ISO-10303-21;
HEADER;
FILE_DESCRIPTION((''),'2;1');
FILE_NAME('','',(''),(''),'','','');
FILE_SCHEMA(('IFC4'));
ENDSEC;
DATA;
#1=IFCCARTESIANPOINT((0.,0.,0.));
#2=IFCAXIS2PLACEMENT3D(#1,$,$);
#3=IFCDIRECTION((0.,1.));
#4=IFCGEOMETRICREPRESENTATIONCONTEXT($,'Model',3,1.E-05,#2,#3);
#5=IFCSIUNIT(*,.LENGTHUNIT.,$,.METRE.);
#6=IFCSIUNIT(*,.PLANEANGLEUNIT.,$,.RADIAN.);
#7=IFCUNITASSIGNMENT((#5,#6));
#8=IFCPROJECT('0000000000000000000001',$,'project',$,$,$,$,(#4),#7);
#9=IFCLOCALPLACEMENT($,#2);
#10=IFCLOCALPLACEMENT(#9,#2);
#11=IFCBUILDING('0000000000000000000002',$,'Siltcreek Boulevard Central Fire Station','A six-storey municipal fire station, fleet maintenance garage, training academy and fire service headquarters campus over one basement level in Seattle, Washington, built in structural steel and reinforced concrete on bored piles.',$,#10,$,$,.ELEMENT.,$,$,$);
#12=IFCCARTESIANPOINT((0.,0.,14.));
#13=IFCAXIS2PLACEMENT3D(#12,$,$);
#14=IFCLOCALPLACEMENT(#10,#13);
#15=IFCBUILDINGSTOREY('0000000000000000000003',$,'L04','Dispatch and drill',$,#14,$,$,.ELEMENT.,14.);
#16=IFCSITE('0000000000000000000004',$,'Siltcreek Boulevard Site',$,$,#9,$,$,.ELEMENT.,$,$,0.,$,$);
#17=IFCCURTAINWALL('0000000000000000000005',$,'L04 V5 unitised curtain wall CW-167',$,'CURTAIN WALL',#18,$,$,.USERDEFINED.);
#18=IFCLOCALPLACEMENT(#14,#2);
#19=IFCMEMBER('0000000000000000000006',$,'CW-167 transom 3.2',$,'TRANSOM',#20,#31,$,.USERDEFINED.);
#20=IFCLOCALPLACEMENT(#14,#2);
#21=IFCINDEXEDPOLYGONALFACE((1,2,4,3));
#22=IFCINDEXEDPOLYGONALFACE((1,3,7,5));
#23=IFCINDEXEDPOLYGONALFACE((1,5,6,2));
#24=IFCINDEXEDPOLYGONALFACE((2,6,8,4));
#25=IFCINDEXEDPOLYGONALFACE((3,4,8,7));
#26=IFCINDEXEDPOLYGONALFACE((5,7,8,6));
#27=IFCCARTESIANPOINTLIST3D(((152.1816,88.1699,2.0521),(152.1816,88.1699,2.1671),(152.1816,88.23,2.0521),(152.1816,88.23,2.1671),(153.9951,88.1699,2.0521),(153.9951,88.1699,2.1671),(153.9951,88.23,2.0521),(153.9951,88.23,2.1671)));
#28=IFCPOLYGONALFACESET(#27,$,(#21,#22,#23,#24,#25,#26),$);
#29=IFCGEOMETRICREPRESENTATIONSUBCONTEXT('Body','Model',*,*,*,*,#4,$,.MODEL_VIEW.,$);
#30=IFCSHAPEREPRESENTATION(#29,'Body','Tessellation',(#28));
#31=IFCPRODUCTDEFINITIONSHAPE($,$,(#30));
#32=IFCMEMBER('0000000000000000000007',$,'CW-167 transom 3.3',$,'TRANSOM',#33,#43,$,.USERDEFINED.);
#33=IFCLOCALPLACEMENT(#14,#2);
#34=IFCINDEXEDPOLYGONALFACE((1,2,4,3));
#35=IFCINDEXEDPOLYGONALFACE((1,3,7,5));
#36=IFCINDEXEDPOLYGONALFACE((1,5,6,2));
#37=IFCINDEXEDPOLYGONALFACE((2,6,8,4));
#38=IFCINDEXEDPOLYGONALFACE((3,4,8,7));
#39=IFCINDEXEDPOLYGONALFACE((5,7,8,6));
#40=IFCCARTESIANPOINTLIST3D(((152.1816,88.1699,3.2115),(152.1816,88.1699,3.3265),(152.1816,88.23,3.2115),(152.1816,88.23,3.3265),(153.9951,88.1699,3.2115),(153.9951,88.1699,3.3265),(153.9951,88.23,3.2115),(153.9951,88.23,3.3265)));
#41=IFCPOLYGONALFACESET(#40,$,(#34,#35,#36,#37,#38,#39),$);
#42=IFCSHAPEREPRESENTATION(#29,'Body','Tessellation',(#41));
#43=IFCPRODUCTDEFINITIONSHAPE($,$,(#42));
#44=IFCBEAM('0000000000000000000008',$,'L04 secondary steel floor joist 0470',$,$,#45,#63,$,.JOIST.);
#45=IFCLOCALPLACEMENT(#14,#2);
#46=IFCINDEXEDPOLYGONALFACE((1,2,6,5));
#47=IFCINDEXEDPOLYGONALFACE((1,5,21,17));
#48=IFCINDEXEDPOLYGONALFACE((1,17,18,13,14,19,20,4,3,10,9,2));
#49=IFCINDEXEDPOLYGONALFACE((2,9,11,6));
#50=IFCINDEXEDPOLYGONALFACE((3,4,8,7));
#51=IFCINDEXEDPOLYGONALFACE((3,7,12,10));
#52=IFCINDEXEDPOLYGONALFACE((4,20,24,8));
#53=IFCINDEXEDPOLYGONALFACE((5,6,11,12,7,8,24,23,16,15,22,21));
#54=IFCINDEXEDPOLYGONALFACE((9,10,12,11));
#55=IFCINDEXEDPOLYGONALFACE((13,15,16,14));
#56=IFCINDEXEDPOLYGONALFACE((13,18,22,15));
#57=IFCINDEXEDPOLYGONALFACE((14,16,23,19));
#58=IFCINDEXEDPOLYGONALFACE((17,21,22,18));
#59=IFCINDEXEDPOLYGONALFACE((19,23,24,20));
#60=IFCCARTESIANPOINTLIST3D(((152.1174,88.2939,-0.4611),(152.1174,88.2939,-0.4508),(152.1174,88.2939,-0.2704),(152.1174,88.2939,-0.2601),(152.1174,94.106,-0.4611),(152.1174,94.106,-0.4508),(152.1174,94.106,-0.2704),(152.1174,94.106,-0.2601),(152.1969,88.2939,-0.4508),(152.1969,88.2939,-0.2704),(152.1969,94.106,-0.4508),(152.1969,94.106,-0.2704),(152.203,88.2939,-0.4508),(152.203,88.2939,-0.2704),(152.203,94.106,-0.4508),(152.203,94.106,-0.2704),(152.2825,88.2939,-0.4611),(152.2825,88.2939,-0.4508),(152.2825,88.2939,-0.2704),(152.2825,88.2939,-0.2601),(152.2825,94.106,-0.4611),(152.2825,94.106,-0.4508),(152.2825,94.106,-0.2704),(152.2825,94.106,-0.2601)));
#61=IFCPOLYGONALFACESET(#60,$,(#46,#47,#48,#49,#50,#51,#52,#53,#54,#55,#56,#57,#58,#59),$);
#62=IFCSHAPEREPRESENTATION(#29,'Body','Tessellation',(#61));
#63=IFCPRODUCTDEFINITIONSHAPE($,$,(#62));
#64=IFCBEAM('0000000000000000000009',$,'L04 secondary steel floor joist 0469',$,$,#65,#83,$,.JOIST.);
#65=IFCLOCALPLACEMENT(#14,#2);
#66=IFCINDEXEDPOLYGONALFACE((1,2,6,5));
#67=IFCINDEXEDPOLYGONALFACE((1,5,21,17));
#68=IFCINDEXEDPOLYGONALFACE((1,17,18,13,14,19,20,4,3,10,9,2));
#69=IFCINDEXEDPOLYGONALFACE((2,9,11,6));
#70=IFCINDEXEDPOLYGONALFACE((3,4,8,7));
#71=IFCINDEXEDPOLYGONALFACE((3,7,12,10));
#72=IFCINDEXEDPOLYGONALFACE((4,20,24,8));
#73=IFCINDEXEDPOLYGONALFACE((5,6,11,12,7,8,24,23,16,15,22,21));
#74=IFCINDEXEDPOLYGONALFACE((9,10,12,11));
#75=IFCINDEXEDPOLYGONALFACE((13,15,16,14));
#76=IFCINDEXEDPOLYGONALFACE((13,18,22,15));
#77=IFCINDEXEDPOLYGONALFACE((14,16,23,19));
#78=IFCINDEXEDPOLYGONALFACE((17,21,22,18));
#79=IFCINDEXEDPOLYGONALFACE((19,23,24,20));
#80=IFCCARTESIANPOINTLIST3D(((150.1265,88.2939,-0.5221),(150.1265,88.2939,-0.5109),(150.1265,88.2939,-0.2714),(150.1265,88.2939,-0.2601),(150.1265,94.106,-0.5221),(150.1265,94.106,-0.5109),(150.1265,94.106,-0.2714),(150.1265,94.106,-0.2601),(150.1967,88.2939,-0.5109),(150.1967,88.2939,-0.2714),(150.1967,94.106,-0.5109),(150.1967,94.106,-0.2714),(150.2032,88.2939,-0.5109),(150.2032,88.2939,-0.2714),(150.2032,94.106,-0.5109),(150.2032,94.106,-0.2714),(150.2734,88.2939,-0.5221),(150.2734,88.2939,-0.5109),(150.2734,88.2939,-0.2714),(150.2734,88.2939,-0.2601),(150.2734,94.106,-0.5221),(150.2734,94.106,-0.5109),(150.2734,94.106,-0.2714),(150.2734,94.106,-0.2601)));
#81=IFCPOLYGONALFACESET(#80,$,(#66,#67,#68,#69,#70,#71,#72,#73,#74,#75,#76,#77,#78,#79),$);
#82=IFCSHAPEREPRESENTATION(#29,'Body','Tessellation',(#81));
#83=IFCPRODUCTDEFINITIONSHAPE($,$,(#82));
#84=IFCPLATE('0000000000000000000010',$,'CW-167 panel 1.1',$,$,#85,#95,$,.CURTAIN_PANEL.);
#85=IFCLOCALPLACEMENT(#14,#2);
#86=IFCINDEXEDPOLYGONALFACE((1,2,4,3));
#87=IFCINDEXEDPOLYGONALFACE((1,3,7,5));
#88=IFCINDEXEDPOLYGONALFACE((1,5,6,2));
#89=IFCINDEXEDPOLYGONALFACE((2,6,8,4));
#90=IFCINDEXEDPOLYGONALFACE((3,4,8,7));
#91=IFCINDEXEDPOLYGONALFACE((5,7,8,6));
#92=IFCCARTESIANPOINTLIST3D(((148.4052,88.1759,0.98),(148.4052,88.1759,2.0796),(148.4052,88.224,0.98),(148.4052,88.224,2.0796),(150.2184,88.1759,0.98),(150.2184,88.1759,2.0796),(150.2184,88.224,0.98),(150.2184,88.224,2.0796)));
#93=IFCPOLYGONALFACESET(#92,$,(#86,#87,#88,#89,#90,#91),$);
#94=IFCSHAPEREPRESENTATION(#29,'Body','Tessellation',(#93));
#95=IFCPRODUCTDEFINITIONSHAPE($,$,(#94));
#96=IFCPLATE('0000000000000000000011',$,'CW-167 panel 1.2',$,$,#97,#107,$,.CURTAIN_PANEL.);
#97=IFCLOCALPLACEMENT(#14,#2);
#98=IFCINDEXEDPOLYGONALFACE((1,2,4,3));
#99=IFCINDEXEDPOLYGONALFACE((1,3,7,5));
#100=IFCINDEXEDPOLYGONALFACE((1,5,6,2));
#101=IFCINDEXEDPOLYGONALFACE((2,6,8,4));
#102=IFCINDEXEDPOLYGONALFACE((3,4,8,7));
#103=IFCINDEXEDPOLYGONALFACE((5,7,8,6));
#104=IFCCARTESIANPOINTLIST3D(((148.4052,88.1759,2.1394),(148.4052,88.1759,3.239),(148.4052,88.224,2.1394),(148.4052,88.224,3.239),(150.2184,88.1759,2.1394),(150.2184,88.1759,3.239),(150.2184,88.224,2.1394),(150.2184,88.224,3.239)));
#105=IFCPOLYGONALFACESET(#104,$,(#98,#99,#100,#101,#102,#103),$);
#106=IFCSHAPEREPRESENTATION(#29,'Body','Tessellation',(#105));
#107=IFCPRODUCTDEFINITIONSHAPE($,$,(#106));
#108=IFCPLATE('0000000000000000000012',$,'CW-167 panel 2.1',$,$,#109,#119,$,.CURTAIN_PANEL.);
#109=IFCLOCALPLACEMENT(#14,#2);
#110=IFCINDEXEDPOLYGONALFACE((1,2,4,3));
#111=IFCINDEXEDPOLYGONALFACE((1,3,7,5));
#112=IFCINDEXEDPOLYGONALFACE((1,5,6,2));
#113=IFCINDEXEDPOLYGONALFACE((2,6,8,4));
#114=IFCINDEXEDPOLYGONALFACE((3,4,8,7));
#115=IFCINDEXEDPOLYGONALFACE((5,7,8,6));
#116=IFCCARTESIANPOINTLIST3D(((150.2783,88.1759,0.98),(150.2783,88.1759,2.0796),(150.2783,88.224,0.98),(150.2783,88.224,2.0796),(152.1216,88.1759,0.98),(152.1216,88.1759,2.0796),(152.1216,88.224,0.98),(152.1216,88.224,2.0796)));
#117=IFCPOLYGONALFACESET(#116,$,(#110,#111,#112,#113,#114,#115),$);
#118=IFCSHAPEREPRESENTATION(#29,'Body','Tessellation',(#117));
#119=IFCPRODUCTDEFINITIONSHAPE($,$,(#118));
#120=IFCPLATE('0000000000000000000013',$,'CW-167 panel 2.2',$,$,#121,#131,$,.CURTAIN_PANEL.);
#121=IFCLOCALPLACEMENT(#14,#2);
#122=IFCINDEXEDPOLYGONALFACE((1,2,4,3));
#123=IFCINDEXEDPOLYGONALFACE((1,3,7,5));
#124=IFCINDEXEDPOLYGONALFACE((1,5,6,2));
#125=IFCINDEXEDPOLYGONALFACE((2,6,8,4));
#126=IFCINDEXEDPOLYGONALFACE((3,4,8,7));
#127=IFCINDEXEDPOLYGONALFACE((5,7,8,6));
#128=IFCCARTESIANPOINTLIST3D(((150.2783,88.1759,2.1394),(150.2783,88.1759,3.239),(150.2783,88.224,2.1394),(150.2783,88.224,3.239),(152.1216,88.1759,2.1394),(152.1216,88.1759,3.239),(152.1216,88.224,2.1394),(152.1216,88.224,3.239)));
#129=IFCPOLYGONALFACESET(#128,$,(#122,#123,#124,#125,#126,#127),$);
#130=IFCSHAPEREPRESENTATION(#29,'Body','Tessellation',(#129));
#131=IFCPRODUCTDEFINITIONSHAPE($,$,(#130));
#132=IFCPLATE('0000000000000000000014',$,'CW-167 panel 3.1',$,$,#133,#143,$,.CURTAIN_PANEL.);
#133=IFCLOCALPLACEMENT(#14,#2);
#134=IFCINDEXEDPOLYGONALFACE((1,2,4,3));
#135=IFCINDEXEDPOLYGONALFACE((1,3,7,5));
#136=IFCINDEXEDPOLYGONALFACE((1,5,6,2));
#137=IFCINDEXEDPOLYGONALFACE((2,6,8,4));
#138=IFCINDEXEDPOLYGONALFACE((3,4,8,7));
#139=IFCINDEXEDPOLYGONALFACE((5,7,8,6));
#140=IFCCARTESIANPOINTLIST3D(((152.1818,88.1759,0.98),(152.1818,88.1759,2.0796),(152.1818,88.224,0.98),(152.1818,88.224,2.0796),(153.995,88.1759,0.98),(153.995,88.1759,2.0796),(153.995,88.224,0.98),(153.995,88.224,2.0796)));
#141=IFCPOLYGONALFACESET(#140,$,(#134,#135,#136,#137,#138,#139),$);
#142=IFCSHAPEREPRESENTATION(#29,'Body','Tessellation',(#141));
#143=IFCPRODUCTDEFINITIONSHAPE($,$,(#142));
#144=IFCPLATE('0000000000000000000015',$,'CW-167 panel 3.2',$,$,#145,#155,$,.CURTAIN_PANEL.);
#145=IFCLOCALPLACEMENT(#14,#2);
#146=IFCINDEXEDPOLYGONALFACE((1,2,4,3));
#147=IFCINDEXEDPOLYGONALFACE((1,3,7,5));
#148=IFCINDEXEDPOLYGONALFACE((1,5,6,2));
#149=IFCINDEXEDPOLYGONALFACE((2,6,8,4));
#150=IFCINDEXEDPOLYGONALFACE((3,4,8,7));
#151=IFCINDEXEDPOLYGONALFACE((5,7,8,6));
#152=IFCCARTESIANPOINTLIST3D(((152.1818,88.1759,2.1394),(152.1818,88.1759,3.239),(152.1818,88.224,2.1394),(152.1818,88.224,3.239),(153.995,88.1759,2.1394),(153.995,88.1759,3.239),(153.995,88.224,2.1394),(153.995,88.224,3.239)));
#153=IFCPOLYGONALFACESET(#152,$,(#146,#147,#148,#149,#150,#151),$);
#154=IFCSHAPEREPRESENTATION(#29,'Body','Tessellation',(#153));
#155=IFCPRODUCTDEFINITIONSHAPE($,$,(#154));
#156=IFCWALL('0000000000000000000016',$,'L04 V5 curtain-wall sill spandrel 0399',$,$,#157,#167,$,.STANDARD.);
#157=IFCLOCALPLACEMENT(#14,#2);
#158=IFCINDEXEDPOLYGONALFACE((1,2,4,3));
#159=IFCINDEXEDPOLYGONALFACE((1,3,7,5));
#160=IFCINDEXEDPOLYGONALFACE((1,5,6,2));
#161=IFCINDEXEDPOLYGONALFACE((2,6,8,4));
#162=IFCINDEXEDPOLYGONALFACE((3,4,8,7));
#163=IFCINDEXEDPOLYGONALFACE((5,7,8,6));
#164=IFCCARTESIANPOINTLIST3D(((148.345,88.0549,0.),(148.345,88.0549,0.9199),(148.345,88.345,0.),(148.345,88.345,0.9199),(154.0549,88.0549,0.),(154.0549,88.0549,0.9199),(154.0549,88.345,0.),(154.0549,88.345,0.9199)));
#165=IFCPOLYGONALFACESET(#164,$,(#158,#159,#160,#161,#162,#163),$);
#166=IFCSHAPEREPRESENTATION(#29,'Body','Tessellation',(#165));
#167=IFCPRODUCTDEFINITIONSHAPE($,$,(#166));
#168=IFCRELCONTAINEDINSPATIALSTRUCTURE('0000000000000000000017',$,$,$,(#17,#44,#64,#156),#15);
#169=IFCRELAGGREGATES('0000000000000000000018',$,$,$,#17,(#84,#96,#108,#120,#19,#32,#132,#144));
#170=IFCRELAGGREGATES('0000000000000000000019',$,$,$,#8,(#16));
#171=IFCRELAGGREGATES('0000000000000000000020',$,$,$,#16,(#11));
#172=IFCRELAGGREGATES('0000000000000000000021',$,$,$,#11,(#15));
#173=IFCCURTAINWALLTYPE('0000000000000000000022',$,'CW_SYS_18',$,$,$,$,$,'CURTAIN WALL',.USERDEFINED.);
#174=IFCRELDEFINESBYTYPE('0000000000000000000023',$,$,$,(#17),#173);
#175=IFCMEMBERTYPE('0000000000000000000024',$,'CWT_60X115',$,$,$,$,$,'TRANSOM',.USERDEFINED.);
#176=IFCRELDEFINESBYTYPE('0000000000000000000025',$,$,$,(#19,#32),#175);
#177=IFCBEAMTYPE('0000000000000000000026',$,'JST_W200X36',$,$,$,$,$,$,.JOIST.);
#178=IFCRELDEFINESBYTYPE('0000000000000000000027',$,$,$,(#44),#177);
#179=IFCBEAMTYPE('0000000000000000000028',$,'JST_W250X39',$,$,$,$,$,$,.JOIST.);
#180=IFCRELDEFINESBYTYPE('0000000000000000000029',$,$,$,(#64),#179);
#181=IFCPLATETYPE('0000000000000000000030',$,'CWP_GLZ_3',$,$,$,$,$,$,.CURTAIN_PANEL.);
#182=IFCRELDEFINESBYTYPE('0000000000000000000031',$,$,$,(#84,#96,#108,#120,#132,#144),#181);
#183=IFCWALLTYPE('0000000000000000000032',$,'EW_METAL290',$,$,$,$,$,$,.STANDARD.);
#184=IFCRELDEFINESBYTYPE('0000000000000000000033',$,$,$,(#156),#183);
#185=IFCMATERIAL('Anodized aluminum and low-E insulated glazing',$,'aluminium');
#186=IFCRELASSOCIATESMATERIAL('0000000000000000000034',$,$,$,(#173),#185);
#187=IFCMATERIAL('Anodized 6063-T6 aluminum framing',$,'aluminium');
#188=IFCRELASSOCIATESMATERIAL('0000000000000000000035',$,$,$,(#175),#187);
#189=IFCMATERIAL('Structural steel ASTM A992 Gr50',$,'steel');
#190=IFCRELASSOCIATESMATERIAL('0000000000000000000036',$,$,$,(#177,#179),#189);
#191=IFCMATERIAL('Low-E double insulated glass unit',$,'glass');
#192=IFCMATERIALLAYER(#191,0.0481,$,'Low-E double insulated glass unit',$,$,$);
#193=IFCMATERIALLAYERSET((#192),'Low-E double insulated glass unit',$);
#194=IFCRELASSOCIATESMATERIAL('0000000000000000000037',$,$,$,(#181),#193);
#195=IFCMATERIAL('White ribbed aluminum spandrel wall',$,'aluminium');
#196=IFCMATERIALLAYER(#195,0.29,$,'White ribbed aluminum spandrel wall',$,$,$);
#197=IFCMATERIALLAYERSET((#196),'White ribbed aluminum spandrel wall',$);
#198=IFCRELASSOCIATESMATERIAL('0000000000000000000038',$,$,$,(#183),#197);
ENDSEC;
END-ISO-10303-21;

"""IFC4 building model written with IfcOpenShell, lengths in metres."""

from ifc_helpers import new_model, si_unit, direction, frame, frame_2d, origin, origin_2d, place, context, subcontext, project, spatial, rectangle, i_section, extrude, material, layer, layer_set, material_profile, profile_set, type_object, element, aggregate, save


model = new_model("IFC4")

# Units and contexts
model_context = context("Model", 3, precision=1e-05, world=origin(), true_north=direction((0.0, 1.0)))
body_context = subcontext(model_context, "Body", "Model", "MODEL_VIEW")
ifc_project = project(units=[si_unit("LENGTHUNIT", "METRE"), si_unit("PLANEANGLEUNIT", "RADIAN")], contexts=[model_context])

# Site, building, storey
site_placement = place(None, origin())
site = spatial("IfcSite", under=ifc_project, at=site_placement, Name="Siltcreek Boulevard Site", CompositionType="ELEMENT", RefElevation=0.0)
building_placement = place(site_placement, origin())
building = spatial("IfcBuilding", under=site, at=building_placement, Name="Siltcreek Boulevard Central Fire Station", Description="A six-storey municipal fire station, fleet maintenance garage, training academy and fire service headquarters campus over one basement level in Seattle, Washington, built in structural steel and reinforced concrete on bored piles.", CompositionType="ELEMENT")
storey_placement = place(building_placement, frame((0.0, 0.0, 14.0)))
storey = spatial("IfcBuildingStorey", under=building, at=storey_placement, Name="L04", Description="Dispatch and drill", CompositionType="ELEMENT", Elevation=14.0)

# Shared definitions
ifc_material_1 = material(Name="Structural steel ASTM A992 Gr50", Category="steel")

# Curtain wall, members
ifc_material_2 = material(Name="Anodized aluminum and low-E insulated glazing", Category="aluminium")
curtain_wall_type = type_object("IfcCurtainWallType", Name="CW_SYS_18", ElementType="CURTAIN WALL", PredefinedType="USERDEFINED", material=ifc_material_2)
curtain_wall_placement = place(storey_placement, origin())
curtain_wall = element("IfcCurtainWall", 1, at=curtain_wall_placement, inside=storey, type_object=curtain_wall_type, Name="L04 V5 unitised curtain wall CW-167", ObjectType="CURTAIN WALL", PredefinedType="USERDEFINED")
ifc_material_3 = material(Name="Anodized 6063-T6 aluminum framing", Category="aluminium")
ifc_material_profile_1 = material_profile(ifc_material_3, rectangle(XDim=0.0601, YDim=0.115, at=origin_2d()), Name="TRAN60X115")
ifc_profile_set_1 = profile_set([ifc_material_profile_1], Name="Anodized 6063-T6 aluminum framing")
member_type_1 = type_object("IfcMemberType", Name="CWT_60X115", ElementType="TRANSOM", PredefinedType="USERDEFINED", material=ifc_profile_set_1)
member_1_placement = place(storey_placement, frame((152.1816, 88.2, 2.1096), z_axis=(1.0, 0.0, 0.0), x_axis=(0.0, 1.0, 0.0)))
member_1 = element("IfcMember", 2, at=member_1_placement, type_object=member_type_1, Name="CW-167 transom 3.2", ObjectType="TRANSOM", PredefinedType="USERDEFINED", context=body_context, shape_type="SweptSolid", body=[
    extrude(rectangle(XDim=0.0601, YDim=0.115, at=origin_2d()), origin(), (0.0, 0.0, 1.0), 1.8135),
])
member_2_placement = place(storey_placement, frame((152.1816, 88.2, 3.269), z_axis=(1.0, 0.0, 0.0), x_axis=(0.0, 1.0, 0.0)))
member_2 = element("IfcMember", 3, at=member_2_placement, type_object=member_type_1, Name="CW-167 transom 3.3", ObjectType="TRANSOM", PredefinedType="USERDEFINED", context=body_context, shape_type="SweptSolid", body=[
    extrude(rectangle(XDim=0.0601, YDim=0.115, at=origin_2d()), origin(), (0.0, 0.0, 1.0), 1.8135),
])

# Beams
ifc_material_profile_2 = material_profile(ifc_material_1, i_section(OverallWidth=0.165, OverallDepth=0.2009, WebThickness=0.0061, FlangeThickness=0.0103, at=origin_2d()), Name="W200X36")
ifc_profile_set_2 = profile_set([ifc_material_profile_2], Name="Structural steel ASTM A992 Gr50")
beam_type_1 = type_object("IfcBeamType", Name="JST_W200X36", PredefinedType="JOIST", material=ifc_profile_set_2)
beam_1_placement = place(storey_placement, frame((152.2, 88.2939, -0.3606), z_axis=(0.0, 1.0, 0.0), x_axis=(-1.0, 0.0, 0.0)))
element("IfcBeam", 4, at=beam_1_placement, inside=storey, type_object=beam_type_1, Name="L04 secondary steel floor joist 0470", PredefinedType="JOIST", context=body_context, shape_type="SweptSolid", body=[
    extrude(i_section(OverallWidth=0.165, OverallDepth=0.2009, WebThickness=0.0061, FlangeThickness=0.0103, at=origin_2d()), origin(), (0.0, 0.0, 1.0), 5.812),
])
ifc_material_profile_3 = material_profile(ifc_material_1, i_section(OverallWidth=0.147, OverallDepth=0.262, WebThickness=0.0066, FlangeThickness=0.0112, at=origin_2d()), Name="W250X39")
ifc_profile_set_3 = profile_set([ifc_material_profile_3], Name="Structural steel ASTM A992 Gr50")
beam_type_2 = type_object("IfcBeamType", Name="JST_W250X39", PredefinedType="JOIST", material=ifc_profile_set_3)
beam_2_placement = place(storey_placement, frame((150.2, 88.2939, -0.3911), z_axis=(0.0, 1.0, 0.0), x_axis=(-1.0, 0.0, 0.0)))
element("IfcBeam", 5, at=beam_2_placement, inside=storey, type_object=beam_type_2, Name="L04 secondary steel floor joist 0469", PredefinedType="JOIST", context=body_context, shape_type="SweptSolid", body=[
    extrude(i_section(OverallWidth=0.147, OverallDepth=0.262, WebThickness=0.0066, FlangeThickness=0.0112, at=origin_2d()), origin(), (0.0, 0.0, 1.0), 5.812),
])

# Plates
ifc_material_4 = material(Name="Low-E double insulated glass unit", Category="glass")
ifc_layer_1 = layer(ifc_material_4, 0.0481, Name="Low-E double insulated glass unit")
ifc_layer_set_1 = layer_set([ifc_layer_1], Name="Low-E double insulated glass unit")
plate_type = type_object("IfcPlateType", Name="CWP_GLZ_3", PredefinedType="CURTAIN_PANEL", material=ifc_layer_set_1)
plate_1_placement = place(storey_placement, frame((149.3118, 88.2, 0.98), z_axis=(0.0, 0.0, 1.0), x_axis=(1.0, 0.0, 0.0)))
plate_1 = element("IfcPlate", 6, at=plate_1_placement, type_object=plate_type, Name="CW-167 panel 1.1", PredefinedType="CURTAIN_PANEL", context=body_context, shape_type="SweptSolid", body=[
    extrude(rectangle(XDim=1.8132, YDim=0.0481, at=origin_2d()), origin(), (0.0, 0.0, 1.0), 1.0996),
])
plate_2_placement = place(storey_placement, frame((149.3118, 88.2, 2.1394), z_axis=(0.0, 0.0, 1.0), x_axis=(1.0, 0.0, 0.0)))
plate_2 = element("IfcPlate", 7, at=plate_2_placement, type_object=plate_type, Name="CW-167 panel 1.2", PredefinedType="CURTAIN_PANEL", context=body_context, shape_type="SweptSolid", body=[
    extrude(rectangle(XDim=1.8132, YDim=0.0481, at=origin_2d()), origin(), (0.0, 0.0, 1.0), 1.0996),
])
plate_3_placement = place(storey_placement, frame((151.2, 88.2, 0.98), z_axis=(0.0, 0.0, 1.0), x_axis=(1.0, 0.0, 0.0)))
plate_3 = element("IfcPlate", 8, at=plate_3_placement, type_object=plate_type, Name="CW-167 panel 2.1", PredefinedType="CURTAIN_PANEL", context=body_context, shape_type="SweptSolid", body=[
    extrude(rectangle(XDim=1.8433, YDim=0.0481, at=origin_2d()), origin(), (0.0, 0.0, 1.0), 1.0996),
])
plate_4_placement = place(storey_placement, frame((151.2, 88.2, 2.1394), z_axis=(0.0, 0.0, 1.0), x_axis=(1.0, 0.0, 0.0)))
plate_4 = element("IfcPlate", 9, at=plate_4_placement, type_object=plate_type, Name="CW-167 panel 2.2", PredefinedType="CURTAIN_PANEL", context=body_context, shape_type="SweptSolid", body=[
    extrude(rectangle(XDim=1.8433, YDim=0.0481, at=origin_2d()), origin(), (0.0, 0.0, 1.0), 1.0996),
])
plate_5_placement = place(storey_placement, frame((153.0884, 88.2, 0.98), z_axis=(0.0, 0.0, 1.0), x_axis=(1.0, 0.0, 0.0)))
plate_5 = element("IfcPlate", 10, at=plate_5_placement, type_object=plate_type, Name="CW-167 panel 3.1", PredefinedType="CURTAIN_PANEL", context=body_context, shape_type="SweptSolid", body=[
    extrude(rectangle(XDim=1.8132, YDim=0.0481, at=origin_2d()), origin(), (0.0, 0.0, 1.0), 1.0996),
])
plate_6_placement = place(storey_placement, frame((153.0884, 88.2, 2.1394), z_axis=(0.0, 0.0, 1.0), x_axis=(1.0, 0.0, 0.0)))
plate_6 = element("IfcPlate", 11, at=plate_6_placement, type_object=plate_type, Name="CW-167 panel 3.2", PredefinedType="CURTAIN_PANEL", context=body_context, shape_type="SweptSolid", body=[
    extrude(rectangle(XDim=1.8132, YDim=0.0481, at=origin_2d()), origin(), (0.0, 0.0, 1.0), 1.0996),
])
aggregate(curtain_wall, [plate_1, plate_2, plate_3, plate_4, member_1, member_2, plate_5, plate_6])

# Wall
ifc_material_5 = material(Name="White ribbed aluminum spandrel wall", Category="aluminium")
ifc_layer_2 = layer(ifc_material_5, 0.29, Name="White ribbed aluminum spandrel wall")
ifc_layer_set_2 = layer_set([ifc_layer_2], Name="White ribbed aluminum spandrel wall")
wall_type = type_object("IfcWallType", Name="EW_METAL290", PredefinedType="STANDARD", material=ifc_layer_set_2)
wall_placement = place(storey_placement, frame((148.345, 88.2, 0.0), z_axis=(0.0, 0.0, 1.0), x_axis=(1.0, 0.0, 0.0)))
element("IfcWall", 12, at=wall_placement, inside=storey, type_object=wall_type, Name="L04 V5 curtain-wall sill spandrel 0399", PredefinedType="STANDARD", context=body_context, shape_type="SweptSolid", body=[
    extrude(rectangle(XDim=5.71, YDim=0.29, at=frame_2d((2.855, 0.0))), origin(), (0.0, 0.0, 1.0), 0.9199),
])

save(model, "model.ifc")
